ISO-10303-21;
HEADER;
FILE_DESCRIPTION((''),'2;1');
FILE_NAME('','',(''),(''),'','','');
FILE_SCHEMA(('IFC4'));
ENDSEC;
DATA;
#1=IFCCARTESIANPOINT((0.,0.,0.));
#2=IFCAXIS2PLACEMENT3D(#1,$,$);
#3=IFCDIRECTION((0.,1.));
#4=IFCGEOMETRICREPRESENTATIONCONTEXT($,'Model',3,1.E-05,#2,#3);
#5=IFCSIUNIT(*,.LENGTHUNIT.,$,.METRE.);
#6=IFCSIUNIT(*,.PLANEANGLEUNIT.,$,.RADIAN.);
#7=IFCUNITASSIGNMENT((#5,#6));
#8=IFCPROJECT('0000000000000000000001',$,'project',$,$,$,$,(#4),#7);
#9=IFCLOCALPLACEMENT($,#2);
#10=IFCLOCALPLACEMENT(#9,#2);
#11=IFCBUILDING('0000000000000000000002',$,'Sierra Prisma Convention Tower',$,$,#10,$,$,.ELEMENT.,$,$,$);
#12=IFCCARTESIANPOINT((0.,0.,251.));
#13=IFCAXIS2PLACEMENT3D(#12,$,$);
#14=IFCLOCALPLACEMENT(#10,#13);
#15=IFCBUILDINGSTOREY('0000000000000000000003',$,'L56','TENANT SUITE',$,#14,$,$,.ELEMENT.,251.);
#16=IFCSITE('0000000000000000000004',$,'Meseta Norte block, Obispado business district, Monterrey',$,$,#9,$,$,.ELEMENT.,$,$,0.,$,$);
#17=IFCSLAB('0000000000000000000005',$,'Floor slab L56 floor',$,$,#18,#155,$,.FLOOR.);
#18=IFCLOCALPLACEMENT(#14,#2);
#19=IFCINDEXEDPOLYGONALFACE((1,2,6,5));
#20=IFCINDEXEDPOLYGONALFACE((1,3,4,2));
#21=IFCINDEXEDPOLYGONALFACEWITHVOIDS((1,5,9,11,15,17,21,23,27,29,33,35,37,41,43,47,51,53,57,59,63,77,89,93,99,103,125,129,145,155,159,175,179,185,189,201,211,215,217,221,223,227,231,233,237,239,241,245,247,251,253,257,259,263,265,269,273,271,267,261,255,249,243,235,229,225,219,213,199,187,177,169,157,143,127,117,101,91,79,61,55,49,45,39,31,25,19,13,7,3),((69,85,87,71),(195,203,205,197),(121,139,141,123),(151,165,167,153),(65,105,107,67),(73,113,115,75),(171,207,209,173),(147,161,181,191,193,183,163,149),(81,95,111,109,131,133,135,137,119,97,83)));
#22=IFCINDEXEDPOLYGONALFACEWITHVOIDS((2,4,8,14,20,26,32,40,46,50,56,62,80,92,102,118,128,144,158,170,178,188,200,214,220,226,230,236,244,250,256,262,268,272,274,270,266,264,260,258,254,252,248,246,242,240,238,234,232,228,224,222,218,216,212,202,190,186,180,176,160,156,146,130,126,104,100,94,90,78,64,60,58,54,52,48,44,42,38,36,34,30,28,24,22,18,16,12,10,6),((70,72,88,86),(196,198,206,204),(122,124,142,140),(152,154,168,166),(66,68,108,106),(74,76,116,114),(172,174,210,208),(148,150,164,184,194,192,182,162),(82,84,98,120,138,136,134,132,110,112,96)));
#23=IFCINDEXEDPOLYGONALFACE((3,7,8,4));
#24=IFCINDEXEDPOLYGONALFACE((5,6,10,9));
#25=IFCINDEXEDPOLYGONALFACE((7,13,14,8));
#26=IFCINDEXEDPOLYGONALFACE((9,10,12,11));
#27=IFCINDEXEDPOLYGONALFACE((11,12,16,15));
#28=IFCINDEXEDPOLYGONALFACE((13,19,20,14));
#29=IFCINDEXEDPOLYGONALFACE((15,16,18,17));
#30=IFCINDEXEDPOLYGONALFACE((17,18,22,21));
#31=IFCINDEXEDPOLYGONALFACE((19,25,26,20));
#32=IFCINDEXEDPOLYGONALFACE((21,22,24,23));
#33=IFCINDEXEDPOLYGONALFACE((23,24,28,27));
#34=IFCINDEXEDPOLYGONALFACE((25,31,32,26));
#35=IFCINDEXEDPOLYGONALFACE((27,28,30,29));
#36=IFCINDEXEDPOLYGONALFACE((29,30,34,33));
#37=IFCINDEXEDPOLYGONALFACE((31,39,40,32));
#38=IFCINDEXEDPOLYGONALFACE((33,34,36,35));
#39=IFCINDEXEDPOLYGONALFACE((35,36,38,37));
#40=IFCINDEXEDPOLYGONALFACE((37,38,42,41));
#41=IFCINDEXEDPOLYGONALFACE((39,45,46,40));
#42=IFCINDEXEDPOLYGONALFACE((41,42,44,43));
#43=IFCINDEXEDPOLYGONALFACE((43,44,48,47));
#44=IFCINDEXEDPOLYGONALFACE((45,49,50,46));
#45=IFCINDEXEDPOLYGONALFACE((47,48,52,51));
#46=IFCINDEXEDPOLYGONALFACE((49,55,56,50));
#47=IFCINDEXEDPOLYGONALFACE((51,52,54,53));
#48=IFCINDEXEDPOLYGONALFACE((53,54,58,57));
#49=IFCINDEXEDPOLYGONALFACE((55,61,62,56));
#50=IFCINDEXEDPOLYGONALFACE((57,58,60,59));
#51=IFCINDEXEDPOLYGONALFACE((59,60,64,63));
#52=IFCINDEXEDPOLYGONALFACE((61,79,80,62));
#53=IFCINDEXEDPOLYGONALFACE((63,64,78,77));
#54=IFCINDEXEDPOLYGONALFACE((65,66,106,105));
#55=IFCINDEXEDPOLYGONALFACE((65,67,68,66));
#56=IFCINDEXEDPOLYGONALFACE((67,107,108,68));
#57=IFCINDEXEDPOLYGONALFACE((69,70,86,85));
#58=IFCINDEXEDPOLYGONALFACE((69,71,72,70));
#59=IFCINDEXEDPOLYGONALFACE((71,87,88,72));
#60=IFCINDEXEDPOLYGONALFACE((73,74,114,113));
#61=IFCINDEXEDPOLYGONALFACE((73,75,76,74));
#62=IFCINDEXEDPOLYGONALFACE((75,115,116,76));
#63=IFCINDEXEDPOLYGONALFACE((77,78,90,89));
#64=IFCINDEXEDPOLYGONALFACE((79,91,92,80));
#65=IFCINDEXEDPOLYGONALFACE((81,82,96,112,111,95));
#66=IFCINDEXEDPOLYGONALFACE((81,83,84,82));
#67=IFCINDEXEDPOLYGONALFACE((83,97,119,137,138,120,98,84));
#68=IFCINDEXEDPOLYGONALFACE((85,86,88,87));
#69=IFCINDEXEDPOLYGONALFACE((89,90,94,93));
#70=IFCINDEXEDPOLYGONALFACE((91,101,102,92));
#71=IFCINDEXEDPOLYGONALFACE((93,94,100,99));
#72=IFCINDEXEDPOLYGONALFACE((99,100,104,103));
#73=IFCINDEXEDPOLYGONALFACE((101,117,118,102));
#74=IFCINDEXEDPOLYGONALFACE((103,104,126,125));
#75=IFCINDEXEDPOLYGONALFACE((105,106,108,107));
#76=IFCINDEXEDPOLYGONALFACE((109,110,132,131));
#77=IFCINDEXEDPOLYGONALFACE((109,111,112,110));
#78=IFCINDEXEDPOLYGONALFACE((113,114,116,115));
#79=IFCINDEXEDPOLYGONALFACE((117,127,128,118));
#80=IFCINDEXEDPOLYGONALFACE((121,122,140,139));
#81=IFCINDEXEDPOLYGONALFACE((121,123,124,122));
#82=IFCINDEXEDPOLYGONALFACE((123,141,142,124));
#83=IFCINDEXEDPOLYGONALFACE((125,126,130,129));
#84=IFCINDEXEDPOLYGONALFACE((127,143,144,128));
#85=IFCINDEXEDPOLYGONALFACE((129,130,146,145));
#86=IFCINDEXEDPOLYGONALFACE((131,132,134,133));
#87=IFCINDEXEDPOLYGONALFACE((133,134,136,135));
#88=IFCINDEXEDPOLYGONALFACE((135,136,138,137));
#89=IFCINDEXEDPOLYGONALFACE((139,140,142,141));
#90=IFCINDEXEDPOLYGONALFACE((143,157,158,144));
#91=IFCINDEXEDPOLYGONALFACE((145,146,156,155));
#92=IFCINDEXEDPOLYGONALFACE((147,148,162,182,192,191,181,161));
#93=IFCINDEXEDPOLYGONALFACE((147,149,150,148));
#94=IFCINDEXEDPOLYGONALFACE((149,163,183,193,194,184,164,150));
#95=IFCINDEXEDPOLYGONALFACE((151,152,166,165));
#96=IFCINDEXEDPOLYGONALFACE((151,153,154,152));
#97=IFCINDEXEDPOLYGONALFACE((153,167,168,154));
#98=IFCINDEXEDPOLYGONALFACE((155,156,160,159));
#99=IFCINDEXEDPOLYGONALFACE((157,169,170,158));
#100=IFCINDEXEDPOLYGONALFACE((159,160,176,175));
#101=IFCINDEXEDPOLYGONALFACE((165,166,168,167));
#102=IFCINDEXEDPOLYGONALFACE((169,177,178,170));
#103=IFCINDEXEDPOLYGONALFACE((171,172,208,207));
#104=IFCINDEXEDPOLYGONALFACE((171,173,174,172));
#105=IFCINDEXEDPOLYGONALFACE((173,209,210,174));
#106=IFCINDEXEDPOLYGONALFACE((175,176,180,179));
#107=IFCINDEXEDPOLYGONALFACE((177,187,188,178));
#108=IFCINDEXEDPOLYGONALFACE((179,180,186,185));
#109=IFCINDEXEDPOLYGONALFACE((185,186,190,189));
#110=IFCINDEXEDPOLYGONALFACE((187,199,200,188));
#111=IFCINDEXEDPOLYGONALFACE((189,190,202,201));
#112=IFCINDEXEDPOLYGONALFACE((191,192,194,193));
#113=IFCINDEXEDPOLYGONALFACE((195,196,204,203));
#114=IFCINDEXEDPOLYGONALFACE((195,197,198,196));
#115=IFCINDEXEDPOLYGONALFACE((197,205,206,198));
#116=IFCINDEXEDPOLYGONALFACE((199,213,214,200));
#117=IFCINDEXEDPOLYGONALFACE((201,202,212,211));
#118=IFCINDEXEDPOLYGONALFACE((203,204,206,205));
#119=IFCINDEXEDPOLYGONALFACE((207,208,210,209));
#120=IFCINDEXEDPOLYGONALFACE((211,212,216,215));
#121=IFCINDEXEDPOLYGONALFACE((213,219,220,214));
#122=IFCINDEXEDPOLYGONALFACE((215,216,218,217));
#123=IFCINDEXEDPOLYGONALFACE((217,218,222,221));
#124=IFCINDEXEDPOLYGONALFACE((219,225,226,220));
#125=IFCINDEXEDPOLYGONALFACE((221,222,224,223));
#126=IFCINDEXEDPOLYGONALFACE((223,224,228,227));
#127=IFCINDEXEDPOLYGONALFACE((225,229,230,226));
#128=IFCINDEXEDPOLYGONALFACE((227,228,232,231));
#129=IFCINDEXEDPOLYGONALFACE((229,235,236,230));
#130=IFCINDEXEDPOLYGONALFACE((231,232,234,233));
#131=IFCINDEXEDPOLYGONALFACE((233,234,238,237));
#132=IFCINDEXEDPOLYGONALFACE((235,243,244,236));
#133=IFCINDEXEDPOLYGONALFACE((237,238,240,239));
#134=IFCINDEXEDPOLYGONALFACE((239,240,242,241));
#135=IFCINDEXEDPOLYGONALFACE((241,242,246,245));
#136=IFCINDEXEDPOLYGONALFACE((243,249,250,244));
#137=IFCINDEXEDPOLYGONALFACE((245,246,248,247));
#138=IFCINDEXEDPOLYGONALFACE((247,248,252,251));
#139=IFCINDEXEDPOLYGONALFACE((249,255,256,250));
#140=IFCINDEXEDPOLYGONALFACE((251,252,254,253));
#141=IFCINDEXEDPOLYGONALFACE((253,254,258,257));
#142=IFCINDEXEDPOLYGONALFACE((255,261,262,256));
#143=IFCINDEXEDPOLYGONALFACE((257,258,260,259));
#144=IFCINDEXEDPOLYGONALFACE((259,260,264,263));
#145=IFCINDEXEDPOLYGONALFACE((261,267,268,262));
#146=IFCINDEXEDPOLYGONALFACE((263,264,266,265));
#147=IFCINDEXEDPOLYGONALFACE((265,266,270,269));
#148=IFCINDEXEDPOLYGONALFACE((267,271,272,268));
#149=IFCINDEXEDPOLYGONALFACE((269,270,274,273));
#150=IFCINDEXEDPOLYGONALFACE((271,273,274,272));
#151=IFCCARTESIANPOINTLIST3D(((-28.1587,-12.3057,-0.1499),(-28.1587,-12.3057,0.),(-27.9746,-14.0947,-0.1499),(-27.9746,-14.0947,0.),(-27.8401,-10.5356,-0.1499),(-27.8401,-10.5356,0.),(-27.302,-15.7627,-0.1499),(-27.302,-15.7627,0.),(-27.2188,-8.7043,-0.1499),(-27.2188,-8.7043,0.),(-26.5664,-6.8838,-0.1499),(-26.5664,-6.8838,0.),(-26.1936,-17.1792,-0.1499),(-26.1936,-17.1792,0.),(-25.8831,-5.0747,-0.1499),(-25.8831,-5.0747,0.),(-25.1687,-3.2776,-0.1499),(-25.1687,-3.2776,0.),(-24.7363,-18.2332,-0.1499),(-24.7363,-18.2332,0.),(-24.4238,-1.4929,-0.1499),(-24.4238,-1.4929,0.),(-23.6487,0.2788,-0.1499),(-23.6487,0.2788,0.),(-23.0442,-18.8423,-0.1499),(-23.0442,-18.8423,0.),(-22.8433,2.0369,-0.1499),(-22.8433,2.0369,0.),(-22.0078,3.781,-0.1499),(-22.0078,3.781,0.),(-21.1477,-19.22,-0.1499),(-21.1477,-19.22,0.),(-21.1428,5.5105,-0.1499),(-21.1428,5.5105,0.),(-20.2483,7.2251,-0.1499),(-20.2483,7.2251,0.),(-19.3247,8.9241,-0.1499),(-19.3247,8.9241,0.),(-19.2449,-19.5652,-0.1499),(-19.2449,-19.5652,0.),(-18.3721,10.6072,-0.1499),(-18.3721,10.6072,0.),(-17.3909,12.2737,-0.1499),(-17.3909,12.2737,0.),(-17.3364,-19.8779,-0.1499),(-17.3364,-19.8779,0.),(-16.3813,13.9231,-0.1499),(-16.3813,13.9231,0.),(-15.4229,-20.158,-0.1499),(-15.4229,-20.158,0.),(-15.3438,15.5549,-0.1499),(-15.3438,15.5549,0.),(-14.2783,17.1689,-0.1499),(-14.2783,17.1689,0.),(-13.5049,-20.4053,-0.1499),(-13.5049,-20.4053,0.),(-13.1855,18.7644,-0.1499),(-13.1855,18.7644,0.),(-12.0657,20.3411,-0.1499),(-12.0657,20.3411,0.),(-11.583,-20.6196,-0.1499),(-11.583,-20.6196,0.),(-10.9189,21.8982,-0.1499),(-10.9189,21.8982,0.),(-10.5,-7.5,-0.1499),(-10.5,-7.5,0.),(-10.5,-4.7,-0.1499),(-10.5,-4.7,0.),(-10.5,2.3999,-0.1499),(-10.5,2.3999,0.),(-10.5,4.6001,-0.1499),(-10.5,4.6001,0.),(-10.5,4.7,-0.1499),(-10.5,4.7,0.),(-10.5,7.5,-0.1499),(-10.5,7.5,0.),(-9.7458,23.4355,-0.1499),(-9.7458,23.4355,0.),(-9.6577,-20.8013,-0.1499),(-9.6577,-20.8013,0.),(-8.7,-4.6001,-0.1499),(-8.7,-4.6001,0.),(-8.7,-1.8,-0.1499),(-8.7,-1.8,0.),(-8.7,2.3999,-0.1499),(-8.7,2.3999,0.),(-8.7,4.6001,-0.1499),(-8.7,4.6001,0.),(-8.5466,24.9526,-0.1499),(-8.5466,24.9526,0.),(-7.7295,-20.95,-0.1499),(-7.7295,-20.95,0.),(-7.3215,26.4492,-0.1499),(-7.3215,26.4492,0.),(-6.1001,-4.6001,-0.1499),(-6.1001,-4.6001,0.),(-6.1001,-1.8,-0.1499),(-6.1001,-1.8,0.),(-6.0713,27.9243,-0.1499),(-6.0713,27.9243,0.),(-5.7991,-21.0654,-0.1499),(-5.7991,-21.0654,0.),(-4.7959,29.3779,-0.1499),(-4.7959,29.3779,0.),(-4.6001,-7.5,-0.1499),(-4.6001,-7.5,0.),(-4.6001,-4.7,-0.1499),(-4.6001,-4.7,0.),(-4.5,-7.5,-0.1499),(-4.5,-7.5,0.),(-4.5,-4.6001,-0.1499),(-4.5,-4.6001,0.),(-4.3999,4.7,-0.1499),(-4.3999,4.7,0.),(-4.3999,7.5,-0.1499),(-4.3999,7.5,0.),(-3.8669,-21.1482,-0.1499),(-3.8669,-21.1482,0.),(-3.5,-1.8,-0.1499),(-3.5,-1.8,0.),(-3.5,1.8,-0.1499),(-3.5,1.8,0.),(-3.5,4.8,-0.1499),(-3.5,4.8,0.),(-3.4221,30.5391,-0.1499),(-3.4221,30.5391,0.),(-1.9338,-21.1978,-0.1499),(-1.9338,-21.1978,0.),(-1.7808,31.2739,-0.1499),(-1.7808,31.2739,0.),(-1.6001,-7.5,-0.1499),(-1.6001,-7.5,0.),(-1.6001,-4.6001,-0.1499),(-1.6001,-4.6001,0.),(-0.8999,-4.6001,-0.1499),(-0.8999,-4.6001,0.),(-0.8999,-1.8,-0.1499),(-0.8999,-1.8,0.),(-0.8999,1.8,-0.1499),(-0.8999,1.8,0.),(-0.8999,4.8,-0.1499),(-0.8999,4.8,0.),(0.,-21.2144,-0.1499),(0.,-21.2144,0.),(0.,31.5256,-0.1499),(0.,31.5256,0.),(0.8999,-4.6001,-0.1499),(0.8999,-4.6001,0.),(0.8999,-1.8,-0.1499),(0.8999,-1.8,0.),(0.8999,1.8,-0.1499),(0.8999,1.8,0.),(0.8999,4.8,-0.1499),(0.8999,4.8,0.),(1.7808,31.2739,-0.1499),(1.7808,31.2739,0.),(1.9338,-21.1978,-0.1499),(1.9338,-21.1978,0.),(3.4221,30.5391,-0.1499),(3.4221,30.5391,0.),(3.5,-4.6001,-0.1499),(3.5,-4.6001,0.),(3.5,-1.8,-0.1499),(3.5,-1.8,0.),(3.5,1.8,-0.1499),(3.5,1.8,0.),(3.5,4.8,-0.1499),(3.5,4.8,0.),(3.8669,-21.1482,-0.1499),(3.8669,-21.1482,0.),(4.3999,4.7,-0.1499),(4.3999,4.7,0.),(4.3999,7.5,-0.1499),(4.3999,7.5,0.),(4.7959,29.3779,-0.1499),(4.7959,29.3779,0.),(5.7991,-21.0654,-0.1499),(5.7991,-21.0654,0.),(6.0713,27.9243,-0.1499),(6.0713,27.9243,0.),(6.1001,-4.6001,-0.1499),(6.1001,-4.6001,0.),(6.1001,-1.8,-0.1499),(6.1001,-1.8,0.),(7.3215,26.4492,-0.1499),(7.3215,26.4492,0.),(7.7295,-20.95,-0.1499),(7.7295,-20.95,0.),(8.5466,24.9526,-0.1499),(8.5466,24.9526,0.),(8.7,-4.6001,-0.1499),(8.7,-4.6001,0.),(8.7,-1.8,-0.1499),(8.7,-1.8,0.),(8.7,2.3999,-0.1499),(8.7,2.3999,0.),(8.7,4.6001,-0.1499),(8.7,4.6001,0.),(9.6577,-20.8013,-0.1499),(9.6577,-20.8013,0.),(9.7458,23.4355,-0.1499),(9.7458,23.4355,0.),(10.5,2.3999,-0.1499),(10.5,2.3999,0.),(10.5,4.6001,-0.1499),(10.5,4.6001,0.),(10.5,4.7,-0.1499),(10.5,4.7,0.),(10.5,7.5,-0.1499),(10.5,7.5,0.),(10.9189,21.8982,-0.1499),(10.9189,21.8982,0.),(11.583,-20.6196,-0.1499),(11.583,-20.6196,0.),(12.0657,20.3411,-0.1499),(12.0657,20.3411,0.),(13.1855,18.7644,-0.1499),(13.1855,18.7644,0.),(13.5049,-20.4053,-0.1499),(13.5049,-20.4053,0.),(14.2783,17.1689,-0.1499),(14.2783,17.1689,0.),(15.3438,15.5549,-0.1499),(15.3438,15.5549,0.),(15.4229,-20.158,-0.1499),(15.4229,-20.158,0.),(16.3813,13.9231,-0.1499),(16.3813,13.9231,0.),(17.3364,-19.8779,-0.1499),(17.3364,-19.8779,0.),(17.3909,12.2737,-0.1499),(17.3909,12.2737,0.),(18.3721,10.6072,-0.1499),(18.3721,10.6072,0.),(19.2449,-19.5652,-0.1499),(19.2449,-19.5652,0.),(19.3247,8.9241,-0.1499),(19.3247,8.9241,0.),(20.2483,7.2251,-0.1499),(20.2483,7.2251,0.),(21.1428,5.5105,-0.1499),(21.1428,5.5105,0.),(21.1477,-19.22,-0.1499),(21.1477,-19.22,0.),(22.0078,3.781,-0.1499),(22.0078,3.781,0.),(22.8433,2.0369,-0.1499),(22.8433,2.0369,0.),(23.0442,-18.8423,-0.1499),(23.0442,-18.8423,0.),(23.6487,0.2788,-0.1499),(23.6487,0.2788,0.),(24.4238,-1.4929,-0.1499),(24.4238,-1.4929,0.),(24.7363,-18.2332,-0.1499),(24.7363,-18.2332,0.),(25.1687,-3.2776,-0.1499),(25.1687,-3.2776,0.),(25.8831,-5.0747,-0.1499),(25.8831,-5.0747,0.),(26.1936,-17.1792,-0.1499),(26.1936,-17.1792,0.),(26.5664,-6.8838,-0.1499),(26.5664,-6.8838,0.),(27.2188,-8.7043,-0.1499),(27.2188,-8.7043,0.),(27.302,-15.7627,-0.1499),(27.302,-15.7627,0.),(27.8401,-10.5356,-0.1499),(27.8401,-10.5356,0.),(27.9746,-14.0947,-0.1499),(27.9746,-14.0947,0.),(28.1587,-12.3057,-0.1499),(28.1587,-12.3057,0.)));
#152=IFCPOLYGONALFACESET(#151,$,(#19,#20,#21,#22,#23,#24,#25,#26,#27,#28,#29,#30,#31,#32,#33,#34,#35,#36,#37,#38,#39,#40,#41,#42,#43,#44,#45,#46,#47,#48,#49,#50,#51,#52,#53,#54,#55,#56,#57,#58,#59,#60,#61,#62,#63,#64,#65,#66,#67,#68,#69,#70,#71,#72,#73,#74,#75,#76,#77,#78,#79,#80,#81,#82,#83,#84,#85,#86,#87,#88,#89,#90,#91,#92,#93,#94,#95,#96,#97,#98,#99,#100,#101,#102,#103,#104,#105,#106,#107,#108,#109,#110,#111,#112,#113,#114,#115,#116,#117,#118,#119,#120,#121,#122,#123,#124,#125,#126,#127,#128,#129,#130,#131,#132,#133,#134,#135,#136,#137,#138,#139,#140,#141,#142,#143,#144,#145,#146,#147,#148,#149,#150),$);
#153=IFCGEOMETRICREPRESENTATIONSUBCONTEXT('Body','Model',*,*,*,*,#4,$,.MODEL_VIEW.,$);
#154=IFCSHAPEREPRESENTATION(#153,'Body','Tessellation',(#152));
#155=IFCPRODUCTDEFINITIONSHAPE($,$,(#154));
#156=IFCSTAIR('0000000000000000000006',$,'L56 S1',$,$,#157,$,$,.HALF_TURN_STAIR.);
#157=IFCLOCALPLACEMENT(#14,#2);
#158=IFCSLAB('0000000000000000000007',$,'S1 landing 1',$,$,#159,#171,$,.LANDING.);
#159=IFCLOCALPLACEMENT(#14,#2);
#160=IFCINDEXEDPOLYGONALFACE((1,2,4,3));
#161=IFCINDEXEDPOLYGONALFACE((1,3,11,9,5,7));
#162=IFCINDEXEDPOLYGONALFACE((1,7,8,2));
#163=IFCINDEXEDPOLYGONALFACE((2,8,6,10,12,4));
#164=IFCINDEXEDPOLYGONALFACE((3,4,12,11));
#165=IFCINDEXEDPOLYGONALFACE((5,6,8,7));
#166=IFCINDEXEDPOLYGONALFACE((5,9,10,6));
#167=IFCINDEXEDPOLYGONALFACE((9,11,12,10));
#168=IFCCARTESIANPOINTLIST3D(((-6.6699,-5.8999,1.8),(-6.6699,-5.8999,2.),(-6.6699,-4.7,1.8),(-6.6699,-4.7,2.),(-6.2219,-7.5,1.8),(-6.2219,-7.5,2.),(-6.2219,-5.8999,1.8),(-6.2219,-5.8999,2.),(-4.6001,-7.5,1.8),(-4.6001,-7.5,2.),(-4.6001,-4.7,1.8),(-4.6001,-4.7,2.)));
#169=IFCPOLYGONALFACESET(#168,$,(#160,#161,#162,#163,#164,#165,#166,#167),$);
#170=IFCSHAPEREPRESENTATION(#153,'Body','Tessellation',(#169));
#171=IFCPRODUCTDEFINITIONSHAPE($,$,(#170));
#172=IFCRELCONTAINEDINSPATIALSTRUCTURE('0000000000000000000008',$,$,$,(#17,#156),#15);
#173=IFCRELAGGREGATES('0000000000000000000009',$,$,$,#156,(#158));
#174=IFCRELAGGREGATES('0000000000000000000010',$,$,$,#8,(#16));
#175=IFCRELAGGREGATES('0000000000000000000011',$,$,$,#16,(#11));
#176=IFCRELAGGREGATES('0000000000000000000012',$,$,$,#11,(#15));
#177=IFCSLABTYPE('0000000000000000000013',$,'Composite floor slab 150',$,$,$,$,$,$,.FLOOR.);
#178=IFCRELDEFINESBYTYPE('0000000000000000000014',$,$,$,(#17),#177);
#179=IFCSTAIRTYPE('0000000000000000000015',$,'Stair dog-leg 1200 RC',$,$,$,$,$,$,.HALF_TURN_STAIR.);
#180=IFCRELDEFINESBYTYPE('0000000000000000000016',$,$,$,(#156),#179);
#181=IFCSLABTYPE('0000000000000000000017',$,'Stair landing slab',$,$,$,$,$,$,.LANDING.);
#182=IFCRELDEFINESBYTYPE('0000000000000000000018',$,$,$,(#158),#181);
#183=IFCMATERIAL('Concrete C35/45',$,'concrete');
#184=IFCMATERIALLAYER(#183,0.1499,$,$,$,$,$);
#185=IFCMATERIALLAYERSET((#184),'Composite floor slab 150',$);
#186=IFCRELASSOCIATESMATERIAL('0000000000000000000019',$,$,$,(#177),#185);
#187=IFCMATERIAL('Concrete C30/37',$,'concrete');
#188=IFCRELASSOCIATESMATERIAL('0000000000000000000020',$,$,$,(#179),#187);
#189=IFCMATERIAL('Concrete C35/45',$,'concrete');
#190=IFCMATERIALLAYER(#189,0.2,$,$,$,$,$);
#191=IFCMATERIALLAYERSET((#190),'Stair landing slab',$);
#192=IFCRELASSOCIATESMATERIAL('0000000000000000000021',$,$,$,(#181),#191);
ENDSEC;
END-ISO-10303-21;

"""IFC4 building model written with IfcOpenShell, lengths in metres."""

from ifc_helpers import new_model, si_unit, direction, frame, origin, place, context, subcontext, project, spatial, polyline, outline, extrude, material, layer, layer_set, type_object, element, aggregate, save


model = new_model("IFC4")

# Units and contexts
model_context = context("Model", 3, precision=1e-05, world=origin(), true_north=direction((0.0, 1.0)))
body_context = subcontext(model_context, "Body", "Model", "MODEL_VIEW")
ifc_project = project(units=[si_unit("LENGTHUNIT", "METRE"), si_unit("PLANEANGLEUNIT", "RADIAN")], contexts=[model_context])

# Site, building, storey
site_placement = place(None, origin())
site = spatial("IfcSite", under=ifc_project, at=site_placement, Name="Meseta Norte block, Obispado business district, Monterrey", CompositionType="ELEMENT", RefElevation=0.0)
building_placement = place(site_placement, origin())
building = spatial("IfcBuilding", under=site, at=building_placement, Name="Sierra Prisma Convention Tower", CompositionType="ELEMENT")
storey_placement = place(building_placement, frame((0.0, 0.0, 251.0)))
storey = spatial("IfcBuildingStorey", under=building, at=storey_placement, Name="L56", Description="TENANT SUITE", CompositionType="ELEMENT", Elevation=251.0)

# Slab
ifc_material_1 = material(Name="Concrete C35/45", Category="concrete")
ifc_layer_1 = layer(ifc_material_1, 0.1499)
ifc_layer_set_1 = layer_set([ifc_layer_1], Name="Composite floor slab 150")
slab_type_1 = type_object("IfcSlabType", Name="Composite floor slab 150", PredefinedType="FLOOR", material=ifc_layer_set_1)
slab_1_placement = place(storey_placement, frame((0.0, 0.0, -0.1499)))
element("IfcSlab", 1, at=slab_1_placement, inside=storey, type_object=slab_type_1, Name="Floor slab L56 floor", PredefinedType="FLOOR", context=body_context, shape_type="SweptSolid", body=[
    extrude(outline(polyline([(-23.0442, -18.8423), (-21.1477, -19.22), (-19.2449, -19.5652), (-17.3364, -19.8779), (-15.4229, -20.158), (-13.5049, -20.4053), (-11.583, -20.6196), (-9.6577, -20.8013), (-7.7295, -20.95), (-5.7991, -21.0654), (-3.8669, -21.1482), (-1.9338, -21.1978), (0.0, -21.2144), (1.9338, -21.1978), (3.8669, -21.1482), (5.7991, -21.0654), (7.7295, -20.95), (9.6577, -20.8013), (11.583, -20.6196), (13.5049, -20.4053), (15.4229, -20.158), (17.3364, -19.8779), (19.2449, -19.5652), (21.1477, -19.22), (23.0442, -18.8423), (24.7363, -18.2332), (26.1936, -17.1792), (27.302, -15.7627), (27.9746, -14.0947), (28.1587, -12.3057), (27.8401, -10.5356), (27.2188, -8.7043), (26.5664, -6.8838), (25.8831, -5.0747), (25.1687, -3.2776), (24.4238, -1.4929), (23.6487, 0.2788), (22.8433, 2.0369), (22.0078, 3.781), (21.1428, 5.5105), (20.2483, 7.2251), (19.3247, 8.9241), (18.3721, 10.6072), (17.3909, 12.2737), (16.3813, 13.9231), (15.3438, 15.5549), (14.2783, 17.1689), (13.1855, 18.7644), (12.0657, 20.3411), (10.9189, 21.8982), (9.7458, 23.4355), (8.5466, 24.9526), (7.3215, 26.4492), (6.0713, 27.9243), (4.7959, 29.3779), (3.4221, 30.5391), (1.7808, 31.2739), (0.0, 31.5256), (-1.7808, 31.2739), (-3.4221, 30.5391), (-4.7959, 29.3779), (-6.0713, 27.9243), (-7.3215, 26.4492), (-8.5466, 24.9526), (-9.7458, 23.4355), (-10.9189, 21.8982), (-12.0657, 20.3411), (-13.1855, 18.7644), (-14.2783, 17.1689), (-15.3438, 15.5549), (-16.3813, 13.9231), (-17.3909, 12.2737), (-18.3721, 10.6072), (-19.3247, 8.9241), (-20.2483, 7.2251), (-21.1428, 5.5105), (-22.0078, 3.781), (-22.8433, 2.0369), (-23.6487, 0.2788), (-24.4238, -1.4929), (-25.1687, -3.2776), (-25.8831, -5.0747), (-26.5664, -6.8838), (-27.2188, -8.7043), (-27.8401, -10.5356), (-28.1587, -12.3057), (-27.9746, -14.0947), (-27.302, -15.7627), (-26.1936, -17.1792), (-24.7363, -18.2332), (-23.0442, -18.8423)]), holes=[polyline([(-4.6001, -4.7), (-4.6001, -7.5), (-10.5, -7.5), (-10.5, -4.7), (-4.6001, -4.7)]), polyline([(-4.5, -7.5), (-4.5, -4.6001), (-6.1001, -4.6001), (-8.7, -4.6001), (-8.7, -1.8), (-6.1001, -1.8), (-3.5, -1.8), (-0.8999, -1.8), (-0.8999, -4.6001), (-1.6001, -4.6001), (-1.6001, -7.5), (-4.5, -7.5)]), polyline([(-8.7, 2.3999), (-10.5, 2.3999), (-10.5, 4.6001), (-8.7, 4.6001), (-8.7, 2.3999)]), polyline([(-4.3999, 4.7), (-10.5, 4.7), (-10.5, 7.5), (-4.3999, 7.5), (-4.3999, 4.7)]), polyline([(3.5, -1.8), (6.1001, -1.8), (8.7, -1.8), (8.7, -4.6001), (6.1001, -4.6001), (3.5, -4.6001), (0.8999, -4.6001), (0.8999, -1.8), (3.5, -1.8)]), polyline([(-0.8999, 1.8), (-3.5, 1.8), (-3.5, 4.8), (-0.8999, 4.8), (-0.8999, 1.8)]), polyline([(3.5, 1.8), (0.8999, 1.8), (0.8999, 4.8), (3.5, 4.8), (3.5, 1.8)]), polyline([(10.5, 2.3999), (8.7, 2.3999), (8.7, 4.6001), (10.5, 4.6001), (10.5, 2.3999)]), polyline([(10.5, 4.7), (4.3999, 4.7), (4.3999, 7.5), (10.5, 7.5), (10.5, 4.7)])]), origin(), (0.0, 0.0, 1.0), 0.1499),
])

# Stair, slab
ifc_material_2 = material(Name="Concrete C30/37", Category="concrete")
stair_type = type_object("IfcStairType", Name="Stair dog-leg 1200 RC", PredefinedType="HALF_TURN_STAIR", material=ifc_material_2)
stair_placement = place(storey_placement, origin())
stair = element("IfcStair", 2, at=stair_placement, inside=storey, type_object=stair_type, Name="L56 S1", PredefinedType="HALF_TURN_STAIR")
ifc_material_3 = material(Name="Concrete C35/45", Category="concrete")
ifc_layer_2 = layer(ifc_material_3, 0.2)
ifc_layer_set_2 = layer_set([ifc_layer_2], Name="Stair landing slab")
slab_type_2 = type_object("IfcSlabType", Name="Stair landing slab", PredefinedType="LANDING", material=ifc_layer_set_2)
slab_2_placement = place(storey_placement, frame((0.0, 0.0, 1.8)))
slab_2 = element("IfcSlab", 3, at=slab_2_placement, type_object=slab_type_2, Name="S1 landing 1", PredefinedType="LANDING", context=body_context, shape_type="SweptSolid", body=[
    extrude(outline(polyline([(-4.6001, -4.7), (-4.6001, -7.5), (-6.2219, -7.5), (-6.2219, -5.8999), (-6.6699, -5.8999), (-6.6699, -4.7), (-4.6001, -4.7)])), origin(), (0.0, 0.0, 1.0), 0.2),
])
aggregate(stair, [slab_2])

save(model, "model.ifc")
